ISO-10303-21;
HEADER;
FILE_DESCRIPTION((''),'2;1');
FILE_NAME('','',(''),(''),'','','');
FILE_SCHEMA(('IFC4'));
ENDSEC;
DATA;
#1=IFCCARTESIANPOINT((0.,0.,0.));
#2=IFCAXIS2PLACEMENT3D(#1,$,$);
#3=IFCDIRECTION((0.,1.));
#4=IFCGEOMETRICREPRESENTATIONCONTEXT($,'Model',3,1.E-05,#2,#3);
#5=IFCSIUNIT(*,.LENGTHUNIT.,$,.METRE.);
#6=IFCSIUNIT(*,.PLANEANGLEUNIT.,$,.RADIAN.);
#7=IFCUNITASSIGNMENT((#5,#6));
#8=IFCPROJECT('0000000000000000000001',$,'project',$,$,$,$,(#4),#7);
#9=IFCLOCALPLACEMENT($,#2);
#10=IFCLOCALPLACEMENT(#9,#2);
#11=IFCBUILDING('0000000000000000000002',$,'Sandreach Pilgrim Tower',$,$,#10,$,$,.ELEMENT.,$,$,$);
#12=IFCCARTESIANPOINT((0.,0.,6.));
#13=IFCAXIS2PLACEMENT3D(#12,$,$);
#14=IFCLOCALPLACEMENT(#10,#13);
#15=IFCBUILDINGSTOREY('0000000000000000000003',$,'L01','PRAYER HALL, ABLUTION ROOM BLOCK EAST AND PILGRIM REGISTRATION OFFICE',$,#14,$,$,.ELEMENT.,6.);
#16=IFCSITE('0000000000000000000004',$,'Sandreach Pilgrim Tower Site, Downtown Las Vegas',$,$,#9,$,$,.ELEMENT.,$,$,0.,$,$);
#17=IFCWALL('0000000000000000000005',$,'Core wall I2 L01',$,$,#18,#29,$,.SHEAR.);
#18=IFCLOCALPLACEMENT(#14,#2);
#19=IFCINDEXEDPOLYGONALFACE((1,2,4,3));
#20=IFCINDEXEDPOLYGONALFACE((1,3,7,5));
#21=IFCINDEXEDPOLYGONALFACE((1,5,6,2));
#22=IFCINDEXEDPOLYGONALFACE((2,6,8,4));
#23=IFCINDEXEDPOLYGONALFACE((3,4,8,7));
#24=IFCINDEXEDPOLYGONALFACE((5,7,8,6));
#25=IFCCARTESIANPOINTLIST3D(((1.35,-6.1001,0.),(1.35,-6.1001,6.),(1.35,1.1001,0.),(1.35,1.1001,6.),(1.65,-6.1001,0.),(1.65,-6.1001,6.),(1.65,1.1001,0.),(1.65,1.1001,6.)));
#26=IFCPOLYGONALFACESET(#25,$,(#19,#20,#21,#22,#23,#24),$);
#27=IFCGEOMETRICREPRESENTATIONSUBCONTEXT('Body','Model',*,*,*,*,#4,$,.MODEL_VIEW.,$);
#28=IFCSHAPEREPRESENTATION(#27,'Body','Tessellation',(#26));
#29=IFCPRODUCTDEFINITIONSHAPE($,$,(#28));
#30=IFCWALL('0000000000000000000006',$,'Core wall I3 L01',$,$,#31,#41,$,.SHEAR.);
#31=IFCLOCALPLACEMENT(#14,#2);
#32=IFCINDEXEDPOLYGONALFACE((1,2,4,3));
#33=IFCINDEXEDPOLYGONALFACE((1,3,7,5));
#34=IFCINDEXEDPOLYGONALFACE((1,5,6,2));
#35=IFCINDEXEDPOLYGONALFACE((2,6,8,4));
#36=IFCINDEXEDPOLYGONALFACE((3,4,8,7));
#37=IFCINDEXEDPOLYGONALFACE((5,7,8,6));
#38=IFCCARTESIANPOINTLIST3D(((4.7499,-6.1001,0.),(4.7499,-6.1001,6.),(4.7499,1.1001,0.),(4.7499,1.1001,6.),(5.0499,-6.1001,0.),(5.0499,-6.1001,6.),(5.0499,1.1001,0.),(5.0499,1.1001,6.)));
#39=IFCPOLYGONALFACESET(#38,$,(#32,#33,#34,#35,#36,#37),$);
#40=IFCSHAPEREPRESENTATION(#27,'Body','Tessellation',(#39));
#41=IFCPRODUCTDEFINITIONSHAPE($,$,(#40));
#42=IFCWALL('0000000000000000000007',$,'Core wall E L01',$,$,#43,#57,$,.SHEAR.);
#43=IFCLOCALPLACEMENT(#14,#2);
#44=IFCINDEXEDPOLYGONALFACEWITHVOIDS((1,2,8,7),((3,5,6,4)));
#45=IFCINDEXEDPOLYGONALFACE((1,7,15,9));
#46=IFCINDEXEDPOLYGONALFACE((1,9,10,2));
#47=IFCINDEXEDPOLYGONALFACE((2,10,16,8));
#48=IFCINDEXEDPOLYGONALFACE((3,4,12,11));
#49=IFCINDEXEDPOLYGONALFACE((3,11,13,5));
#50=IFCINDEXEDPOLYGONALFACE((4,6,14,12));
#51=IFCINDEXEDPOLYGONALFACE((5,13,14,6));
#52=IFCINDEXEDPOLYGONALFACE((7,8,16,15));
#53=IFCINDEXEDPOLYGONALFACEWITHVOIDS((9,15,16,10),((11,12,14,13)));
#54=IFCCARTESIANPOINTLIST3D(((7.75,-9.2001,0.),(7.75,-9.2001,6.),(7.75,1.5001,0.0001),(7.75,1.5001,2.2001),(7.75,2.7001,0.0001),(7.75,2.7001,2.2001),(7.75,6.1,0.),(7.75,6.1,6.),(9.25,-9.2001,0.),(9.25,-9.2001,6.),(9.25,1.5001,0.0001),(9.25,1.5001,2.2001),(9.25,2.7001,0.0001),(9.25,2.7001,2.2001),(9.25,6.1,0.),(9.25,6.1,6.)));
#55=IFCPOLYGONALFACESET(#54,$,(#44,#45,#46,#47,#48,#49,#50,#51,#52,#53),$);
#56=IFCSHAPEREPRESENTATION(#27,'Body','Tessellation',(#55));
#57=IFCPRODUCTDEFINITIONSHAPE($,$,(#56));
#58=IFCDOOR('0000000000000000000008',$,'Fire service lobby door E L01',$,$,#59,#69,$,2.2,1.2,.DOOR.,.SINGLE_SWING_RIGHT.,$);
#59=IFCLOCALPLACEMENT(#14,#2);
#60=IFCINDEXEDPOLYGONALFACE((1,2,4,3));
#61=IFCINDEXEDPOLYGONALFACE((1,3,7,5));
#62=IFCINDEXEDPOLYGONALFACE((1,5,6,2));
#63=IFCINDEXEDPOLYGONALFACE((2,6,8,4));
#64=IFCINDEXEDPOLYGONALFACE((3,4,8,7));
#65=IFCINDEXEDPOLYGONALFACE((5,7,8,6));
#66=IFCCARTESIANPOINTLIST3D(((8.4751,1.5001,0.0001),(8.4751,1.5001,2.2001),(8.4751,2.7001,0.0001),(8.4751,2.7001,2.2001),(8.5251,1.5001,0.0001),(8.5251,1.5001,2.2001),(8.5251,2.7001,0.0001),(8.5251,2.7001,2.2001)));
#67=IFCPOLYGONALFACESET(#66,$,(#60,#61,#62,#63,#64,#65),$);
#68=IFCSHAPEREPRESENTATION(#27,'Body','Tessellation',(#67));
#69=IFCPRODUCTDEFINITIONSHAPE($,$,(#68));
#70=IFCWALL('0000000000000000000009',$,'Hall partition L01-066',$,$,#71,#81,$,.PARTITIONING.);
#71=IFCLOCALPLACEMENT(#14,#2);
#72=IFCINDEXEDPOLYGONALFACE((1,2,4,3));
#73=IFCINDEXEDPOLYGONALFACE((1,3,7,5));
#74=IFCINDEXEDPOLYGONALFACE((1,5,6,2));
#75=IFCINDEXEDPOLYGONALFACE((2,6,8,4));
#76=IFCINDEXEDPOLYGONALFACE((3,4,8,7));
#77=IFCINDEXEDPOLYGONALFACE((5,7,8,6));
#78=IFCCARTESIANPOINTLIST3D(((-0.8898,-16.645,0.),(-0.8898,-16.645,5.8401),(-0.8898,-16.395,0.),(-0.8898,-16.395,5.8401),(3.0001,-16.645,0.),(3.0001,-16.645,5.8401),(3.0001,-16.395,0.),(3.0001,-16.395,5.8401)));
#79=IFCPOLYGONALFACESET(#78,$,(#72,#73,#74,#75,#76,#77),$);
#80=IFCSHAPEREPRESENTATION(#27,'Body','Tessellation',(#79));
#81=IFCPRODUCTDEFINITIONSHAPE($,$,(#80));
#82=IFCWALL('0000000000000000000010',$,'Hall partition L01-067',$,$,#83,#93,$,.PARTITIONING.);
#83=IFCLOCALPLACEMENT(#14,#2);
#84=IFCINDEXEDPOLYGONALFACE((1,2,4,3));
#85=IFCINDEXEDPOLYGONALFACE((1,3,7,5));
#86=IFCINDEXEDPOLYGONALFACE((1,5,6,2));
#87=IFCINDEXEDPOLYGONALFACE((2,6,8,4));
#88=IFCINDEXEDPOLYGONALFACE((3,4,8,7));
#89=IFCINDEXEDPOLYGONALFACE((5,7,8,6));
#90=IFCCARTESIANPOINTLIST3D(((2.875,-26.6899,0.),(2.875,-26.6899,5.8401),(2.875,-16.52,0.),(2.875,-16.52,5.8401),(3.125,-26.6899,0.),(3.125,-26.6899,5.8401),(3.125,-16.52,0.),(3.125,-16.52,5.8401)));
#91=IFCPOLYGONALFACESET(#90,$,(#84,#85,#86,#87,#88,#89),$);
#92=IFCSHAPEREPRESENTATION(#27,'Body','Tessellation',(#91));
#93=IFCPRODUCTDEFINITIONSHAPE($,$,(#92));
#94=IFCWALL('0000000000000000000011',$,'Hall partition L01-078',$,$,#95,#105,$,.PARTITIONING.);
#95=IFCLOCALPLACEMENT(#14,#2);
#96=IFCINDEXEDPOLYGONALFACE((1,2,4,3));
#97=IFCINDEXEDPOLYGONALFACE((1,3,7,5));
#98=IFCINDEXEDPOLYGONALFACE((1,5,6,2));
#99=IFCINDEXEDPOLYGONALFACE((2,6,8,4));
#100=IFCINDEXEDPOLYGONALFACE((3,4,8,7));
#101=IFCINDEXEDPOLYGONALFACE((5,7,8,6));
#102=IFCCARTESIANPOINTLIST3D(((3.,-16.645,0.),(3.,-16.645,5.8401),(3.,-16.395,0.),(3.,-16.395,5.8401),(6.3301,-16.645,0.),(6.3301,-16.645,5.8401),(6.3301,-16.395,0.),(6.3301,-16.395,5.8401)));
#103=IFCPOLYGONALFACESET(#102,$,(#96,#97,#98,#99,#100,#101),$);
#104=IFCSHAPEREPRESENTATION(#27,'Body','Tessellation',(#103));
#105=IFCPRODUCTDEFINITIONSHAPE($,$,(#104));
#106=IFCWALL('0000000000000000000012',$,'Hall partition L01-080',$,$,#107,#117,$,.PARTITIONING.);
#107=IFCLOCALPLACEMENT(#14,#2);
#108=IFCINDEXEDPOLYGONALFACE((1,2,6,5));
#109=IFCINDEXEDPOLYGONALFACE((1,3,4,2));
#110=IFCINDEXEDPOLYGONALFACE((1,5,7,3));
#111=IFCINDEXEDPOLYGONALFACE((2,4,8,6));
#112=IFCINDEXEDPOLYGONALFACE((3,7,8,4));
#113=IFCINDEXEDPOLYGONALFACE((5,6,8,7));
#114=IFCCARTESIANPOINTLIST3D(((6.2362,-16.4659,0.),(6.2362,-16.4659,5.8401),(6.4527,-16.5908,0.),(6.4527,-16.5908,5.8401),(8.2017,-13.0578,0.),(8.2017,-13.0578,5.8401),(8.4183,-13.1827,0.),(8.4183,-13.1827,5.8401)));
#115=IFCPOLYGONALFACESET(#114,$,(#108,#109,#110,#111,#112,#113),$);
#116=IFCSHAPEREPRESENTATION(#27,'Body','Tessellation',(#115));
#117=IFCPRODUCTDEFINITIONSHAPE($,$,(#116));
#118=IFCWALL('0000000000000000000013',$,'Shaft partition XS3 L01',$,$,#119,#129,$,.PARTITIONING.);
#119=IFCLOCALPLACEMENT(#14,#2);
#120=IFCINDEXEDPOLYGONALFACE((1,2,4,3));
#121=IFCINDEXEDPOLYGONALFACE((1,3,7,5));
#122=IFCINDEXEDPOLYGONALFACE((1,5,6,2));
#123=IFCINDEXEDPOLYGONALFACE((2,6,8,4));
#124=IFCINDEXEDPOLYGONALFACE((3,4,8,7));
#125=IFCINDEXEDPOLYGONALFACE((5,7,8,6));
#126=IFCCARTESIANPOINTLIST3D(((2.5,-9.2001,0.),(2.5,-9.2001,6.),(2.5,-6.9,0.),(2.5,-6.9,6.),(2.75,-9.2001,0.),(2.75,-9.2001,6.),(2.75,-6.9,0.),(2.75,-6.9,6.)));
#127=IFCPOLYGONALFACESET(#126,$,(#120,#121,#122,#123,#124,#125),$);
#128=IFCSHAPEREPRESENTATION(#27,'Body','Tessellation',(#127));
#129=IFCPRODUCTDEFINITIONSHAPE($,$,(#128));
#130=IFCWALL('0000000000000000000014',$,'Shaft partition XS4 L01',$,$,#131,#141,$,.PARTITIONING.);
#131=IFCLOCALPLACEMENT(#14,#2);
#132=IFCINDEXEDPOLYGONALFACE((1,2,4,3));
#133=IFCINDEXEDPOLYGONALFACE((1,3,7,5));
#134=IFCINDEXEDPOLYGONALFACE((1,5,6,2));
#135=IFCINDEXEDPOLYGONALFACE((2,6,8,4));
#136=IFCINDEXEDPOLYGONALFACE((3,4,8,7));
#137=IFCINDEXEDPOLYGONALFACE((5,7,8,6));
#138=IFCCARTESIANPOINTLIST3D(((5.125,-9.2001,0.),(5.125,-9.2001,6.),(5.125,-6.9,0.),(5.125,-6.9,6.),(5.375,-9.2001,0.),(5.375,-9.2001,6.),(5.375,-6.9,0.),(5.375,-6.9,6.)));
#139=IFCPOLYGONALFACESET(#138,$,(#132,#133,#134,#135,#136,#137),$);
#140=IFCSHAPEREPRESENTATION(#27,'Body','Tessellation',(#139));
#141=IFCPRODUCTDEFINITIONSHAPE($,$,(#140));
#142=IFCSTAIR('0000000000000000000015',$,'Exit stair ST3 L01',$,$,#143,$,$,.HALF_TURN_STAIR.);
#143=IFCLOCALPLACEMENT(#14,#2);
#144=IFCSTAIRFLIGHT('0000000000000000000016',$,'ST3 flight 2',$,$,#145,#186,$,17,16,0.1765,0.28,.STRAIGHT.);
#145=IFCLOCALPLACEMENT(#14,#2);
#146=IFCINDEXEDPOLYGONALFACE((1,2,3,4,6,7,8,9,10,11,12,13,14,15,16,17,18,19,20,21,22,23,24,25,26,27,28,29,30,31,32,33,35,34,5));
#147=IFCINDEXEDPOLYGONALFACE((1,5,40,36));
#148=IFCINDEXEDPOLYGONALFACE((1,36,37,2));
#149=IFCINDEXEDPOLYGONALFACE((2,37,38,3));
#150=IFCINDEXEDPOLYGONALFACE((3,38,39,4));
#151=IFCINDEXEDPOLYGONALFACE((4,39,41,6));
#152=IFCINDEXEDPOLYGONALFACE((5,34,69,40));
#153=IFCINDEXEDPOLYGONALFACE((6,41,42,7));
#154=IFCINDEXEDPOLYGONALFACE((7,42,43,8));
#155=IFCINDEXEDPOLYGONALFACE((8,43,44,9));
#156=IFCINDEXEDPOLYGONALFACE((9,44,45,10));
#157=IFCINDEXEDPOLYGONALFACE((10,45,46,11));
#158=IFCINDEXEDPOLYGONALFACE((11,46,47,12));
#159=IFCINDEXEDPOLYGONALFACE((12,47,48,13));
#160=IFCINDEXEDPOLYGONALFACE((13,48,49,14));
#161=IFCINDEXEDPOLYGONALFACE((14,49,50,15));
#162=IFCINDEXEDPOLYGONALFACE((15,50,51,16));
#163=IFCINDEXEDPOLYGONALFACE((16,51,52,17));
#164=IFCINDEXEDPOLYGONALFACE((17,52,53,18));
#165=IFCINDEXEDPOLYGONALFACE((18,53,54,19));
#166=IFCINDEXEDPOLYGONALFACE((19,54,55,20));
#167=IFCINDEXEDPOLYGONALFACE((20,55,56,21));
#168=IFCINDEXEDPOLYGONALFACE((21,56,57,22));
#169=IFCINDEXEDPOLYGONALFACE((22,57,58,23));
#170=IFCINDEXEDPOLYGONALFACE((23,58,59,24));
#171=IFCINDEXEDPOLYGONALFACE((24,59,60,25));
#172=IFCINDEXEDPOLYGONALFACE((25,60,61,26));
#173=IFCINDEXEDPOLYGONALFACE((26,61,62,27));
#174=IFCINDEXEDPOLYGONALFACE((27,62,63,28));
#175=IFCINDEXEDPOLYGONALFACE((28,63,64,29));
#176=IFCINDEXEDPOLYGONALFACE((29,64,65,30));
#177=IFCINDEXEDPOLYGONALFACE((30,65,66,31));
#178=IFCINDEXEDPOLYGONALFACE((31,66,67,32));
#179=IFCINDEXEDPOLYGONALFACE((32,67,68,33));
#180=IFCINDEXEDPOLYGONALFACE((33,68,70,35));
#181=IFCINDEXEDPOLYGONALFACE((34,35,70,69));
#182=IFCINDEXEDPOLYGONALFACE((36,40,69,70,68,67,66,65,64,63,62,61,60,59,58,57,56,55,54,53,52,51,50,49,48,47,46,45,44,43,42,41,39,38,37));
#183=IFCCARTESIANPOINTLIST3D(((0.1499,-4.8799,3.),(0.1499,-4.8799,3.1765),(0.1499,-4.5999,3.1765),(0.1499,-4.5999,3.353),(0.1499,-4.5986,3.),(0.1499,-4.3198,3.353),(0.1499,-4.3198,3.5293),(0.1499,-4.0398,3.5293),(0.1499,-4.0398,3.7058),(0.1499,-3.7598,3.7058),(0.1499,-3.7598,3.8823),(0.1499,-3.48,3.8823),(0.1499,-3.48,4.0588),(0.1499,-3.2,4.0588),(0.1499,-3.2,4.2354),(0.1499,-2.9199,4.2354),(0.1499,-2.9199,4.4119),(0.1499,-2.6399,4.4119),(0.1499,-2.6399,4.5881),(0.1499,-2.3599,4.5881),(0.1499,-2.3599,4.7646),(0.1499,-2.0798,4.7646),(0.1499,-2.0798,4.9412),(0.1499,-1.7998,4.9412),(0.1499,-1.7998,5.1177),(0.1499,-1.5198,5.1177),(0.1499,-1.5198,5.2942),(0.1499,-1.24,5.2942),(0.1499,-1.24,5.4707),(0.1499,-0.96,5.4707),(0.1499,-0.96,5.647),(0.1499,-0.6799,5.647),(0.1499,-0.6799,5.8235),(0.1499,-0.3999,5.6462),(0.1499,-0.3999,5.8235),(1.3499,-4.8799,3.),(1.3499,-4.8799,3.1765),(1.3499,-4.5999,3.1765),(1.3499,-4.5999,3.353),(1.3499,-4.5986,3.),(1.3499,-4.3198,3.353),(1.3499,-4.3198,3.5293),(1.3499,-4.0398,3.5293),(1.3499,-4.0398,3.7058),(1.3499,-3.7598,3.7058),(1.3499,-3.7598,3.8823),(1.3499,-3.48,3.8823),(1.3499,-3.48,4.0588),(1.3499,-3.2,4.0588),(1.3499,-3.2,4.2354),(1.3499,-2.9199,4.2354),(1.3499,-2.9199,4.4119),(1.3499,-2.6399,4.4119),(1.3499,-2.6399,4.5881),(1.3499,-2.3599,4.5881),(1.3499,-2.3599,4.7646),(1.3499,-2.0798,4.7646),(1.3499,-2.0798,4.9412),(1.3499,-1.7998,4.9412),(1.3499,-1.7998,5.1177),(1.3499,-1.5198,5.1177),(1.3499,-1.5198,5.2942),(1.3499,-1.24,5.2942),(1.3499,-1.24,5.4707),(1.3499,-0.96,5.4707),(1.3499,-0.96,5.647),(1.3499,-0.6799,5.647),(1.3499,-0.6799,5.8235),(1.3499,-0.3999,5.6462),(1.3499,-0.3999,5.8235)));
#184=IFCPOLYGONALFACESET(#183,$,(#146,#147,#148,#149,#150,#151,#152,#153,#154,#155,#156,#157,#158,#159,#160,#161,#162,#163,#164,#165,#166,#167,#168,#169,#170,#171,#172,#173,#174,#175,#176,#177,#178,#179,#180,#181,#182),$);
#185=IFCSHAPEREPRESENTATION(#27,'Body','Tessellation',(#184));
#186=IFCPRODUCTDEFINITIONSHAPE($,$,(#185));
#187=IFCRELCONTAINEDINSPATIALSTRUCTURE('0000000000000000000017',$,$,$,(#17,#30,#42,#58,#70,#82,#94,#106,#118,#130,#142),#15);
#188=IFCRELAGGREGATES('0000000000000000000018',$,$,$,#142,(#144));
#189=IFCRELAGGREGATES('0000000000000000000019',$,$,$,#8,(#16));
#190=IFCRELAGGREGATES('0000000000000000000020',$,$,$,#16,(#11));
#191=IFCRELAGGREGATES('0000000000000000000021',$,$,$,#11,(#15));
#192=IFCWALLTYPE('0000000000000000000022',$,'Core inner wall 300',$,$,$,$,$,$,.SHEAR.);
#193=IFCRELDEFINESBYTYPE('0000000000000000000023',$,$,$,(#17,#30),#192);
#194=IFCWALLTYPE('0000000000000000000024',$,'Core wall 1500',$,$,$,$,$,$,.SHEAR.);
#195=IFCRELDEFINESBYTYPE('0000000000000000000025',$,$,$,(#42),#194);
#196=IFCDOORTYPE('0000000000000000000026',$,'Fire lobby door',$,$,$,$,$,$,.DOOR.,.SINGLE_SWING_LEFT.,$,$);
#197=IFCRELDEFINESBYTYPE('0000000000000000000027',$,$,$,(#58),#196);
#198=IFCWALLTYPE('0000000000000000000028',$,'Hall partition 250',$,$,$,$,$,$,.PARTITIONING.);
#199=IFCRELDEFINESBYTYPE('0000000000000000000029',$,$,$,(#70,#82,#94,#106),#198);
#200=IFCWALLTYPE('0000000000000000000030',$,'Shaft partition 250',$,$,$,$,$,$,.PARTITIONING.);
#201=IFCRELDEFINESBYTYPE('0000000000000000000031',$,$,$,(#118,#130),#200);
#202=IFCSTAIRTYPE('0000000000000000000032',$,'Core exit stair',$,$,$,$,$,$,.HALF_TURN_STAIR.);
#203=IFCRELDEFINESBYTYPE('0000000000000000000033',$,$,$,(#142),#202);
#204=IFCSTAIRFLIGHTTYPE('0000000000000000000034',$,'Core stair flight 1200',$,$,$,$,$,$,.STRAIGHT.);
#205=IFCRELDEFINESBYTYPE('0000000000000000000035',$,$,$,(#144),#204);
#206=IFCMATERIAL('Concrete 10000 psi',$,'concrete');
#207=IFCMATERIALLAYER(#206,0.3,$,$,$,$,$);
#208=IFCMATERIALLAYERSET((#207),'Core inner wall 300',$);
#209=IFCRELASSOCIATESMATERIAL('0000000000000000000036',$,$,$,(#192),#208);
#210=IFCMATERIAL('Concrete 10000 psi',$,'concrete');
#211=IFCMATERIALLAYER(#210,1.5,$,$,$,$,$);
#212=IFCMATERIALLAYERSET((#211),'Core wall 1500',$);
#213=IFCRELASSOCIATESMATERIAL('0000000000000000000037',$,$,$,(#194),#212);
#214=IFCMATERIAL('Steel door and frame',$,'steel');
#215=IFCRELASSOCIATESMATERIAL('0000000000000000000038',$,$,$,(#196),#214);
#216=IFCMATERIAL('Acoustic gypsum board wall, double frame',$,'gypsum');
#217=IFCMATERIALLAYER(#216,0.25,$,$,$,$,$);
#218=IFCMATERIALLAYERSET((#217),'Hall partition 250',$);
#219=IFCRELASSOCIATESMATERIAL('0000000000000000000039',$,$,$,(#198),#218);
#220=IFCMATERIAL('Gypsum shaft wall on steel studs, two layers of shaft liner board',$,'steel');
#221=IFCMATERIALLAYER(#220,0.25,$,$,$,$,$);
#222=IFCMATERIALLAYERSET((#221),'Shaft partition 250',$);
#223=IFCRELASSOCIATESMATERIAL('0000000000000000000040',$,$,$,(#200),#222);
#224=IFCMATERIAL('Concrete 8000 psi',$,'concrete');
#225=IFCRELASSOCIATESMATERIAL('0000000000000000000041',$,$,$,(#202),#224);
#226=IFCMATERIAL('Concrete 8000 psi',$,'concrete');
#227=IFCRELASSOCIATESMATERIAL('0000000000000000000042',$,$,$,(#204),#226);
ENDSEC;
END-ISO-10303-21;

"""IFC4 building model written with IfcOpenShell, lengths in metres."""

from ifc_helpers import new_model, si_unit, direction, frame, frame_2d, origin, place, context, subcontext, project, spatial, polyline, rectangle, outline, extrude, material, layer, layer_set, type_object, element, fill, aggregate, save


model = new_model("IFC4")

# Units and contexts
model_context = context("Model", 3, precision=1e-05, world=origin(), true_north=direction((0.0, 1.0)))
body_context = subcontext(model_context, "Body", "Model", "MODEL_VIEW")
ifc_project = project(units=[si_unit("LENGTHUNIT", "METRE"), si_unit("PLANEANGLEUNIT", "RADIAN")], contexts=[model_context])

# Site, building, storey
site_placement = place(None, origin())
site = spatial("IfcSite", under=ifc_project, at=site_placement, Name="Sandreach Pilgrim Tower Site, Downtown Las Vegas", CompositionType="ELEMENT", RefElevation=0.0)
building_placement = place(site_placement, origin())
building = spatial("IfcBuilding", under=site, at=building_placement, Name="Sandreach Pilgrim Tower", CompositionType="ELEMENT")
storey_placement = place(building_placement, frame((0.0, 0.0, 6.0)))
storey = spatial("IfcBuildingStorey", under=building, at=storey_placement, Name="L01", Description="PRAYER HALL, ABLUTION ROOM BLOCK EAST AND PILGRIM REGISTRATION OFFICE", CompositionType="ELEMENT", Elevation=6.0)

# Walls
ifc_material_1 = material(Name="Concrete 10000 psi", Category="concrete")
ifc_layer_1 = layer(ifc_material_1, 0.3)
ifc_layer_set_1 = layer_set([ifc_layer_1], Name="Core inner wall 300")
wall_type_1 = type_object("IfcWallType", Name="Core inner wall 300", PredefinedType="SHEAR", material=ifc_layer_set_1)
for number, where, z_axis, x_axis, name in (
    (1, (1.5, -6.1001, 0.0), (0.0, 0.0, 1.0), (0.0, 1.0, 0.0), "Core wall I2 L01"),
    (2, (4.8999, -6.1001, 0.0), (0.0, 0.0, 1.0), (0.0, 1.0, 0.0), "Core wall I3 L01"),
):
    element("IfcWall", number, at=place(storey_placement, frame(where, z_axis=z_axis, x_axis=x_axis)), inside=storey, type_object=wall_type_1, Name=name, PredefinedType="SHEAR", context=body_context, shape_type="SweptSolid", body=[
        extrude(rectangle(XDim=7.2002, YDim=0.3, at=frame_2d((3.6001, 0.0))), origin(), (0.0, 0.0, 1.0), 6.0),
    ])

# Wall, opening, door
ifc_material_2 = material(Name="Concrete 10000 psi", Category="concrete")
ifc_layer_2 = layer(ifc_material_2, 1.5)
ifc_layer_set_2 = layer_set([ifc_layer_2], Name="Core wall 1500")
wall_type_2 = type_object("IfcWallType", Name="Core wall 1500", PredefinedType="SHEAR", material=ifc_layer_set_2)
wall_1_placement = place(storey_placement, frame((8.5, -9.2, 0.0), z_axis=(0.0, 0.0, 1.0), x_axis=(0.0, 1.0, 0.0)))
wall_1 = element("IfcWall", 3, at=wall_1_placement, inside=storey, type_object=wall_type_2, Name="Core wall E L01", PredefinedType="SHEAR", context=body_context, shape_type="SweptSolid", body=[
    extrude(rectangle(XDim=15.3, YDim=1.5, at=frame_2d((7.6499, 0.0))), origin(), (0.0, 0.0, 1.0), 6.0),
])
opening_1_placement = place(wall_1_placement, frame((10.7, 0.0, 0.0)))
opening_1 = element("IfcOpeningElement", 4, at=opening_1_placement, cuts=wall_1, PredefinedType="OPENING", context=body_context, shape_type="SweptSolid", body=[
    extrude(rectangle(XDim=1.2, YDim=2.2, at=frame_2d((0.6001, 1.1001))), frame((0.0, 0.75, 0.0), z_axis=(0.0, -1.0, 0.0), x_axis=(1.0, 0.0, 0.0)), (0.0, 0.0, 1.0), 1.5),
])
ifc_material_3 = material(Name="Steel door and frame", Category="steel")
door_type_1 = type_object("IfcDoorType", Name="Fire lobby door", OperationType="SINGLE_SWING_LEFT", PredefinedType="DOOR", material=ifc_material_3)
door_1_placement = place(opening_1_placement, origin())
door_1 = element("IfcDoor", 5, at=door_1_placement, inside=storey, type_object=door_type_1, Name="Fire service lobby door E L01", OperationType="SINGLE_SWING_RIGHT", OverallHeight=2.2, OverallWidth=1.2, PredefinedType="DOOR", context=body_context, shape_type="SweptSolid", body=[
    extrude(rectangle(XDim=1.2, YDim=2.2, at=frame_2d((0.6001, 1.1001))), frame((0.0, 0.0249, 0.0), z_axis=(0.0, -1.0, 0.0), x_axis=(1.0, 0.0, 0.0)), (0.0, 0.0, 1.0), 0.05),
])
fill(opening_1, door_1)

# Walls
ifc_material_4 = material(Name="Acoustic gypsum board wall, double frame", Category="gypsum")
ifc_layer_3 = layer(ifc_material_4, 0.25)
ifc_layer_set_3 = layer_set([ifc_layer_3], Name="Hall partition 250")
wall_type_3 = type_object("IfcWallType", Name="Hall partition 250", PredefinedType="PARTITIONING", material=ifc_layer_set_3)
wall_2_placement = place(storey_placement, frame((3.0, -16.52, 0.0), z_axis=(0.0, 0.0, 1.0), x_axis=(-1.0, 0.0, 0.0)))
element("IfcWall", 6, at=wall_2_placement, inside=storey, type_object=wall_type_3, Name="Hall partition L01-066", PredefinedType="PARTITIONING", context=body_context, shape_type="SweptSolid", body=[
    extrude(rectangle(XDim=3.8899, YDim=0.25, at=frame_2d((1.9448, 0.0))), origin(), (0.0, 0.0, 1.0), 5.8401),
])
wall_3_placement = place(storey_placement, frame((3.0, -16.52, 0.0), z_axis=(0.0, 0.0, 1.0), x_axis=(0.0, -1.0, 0.0)))
element("IfcWall", 7, at=wall_3_placement, inside=storey, type_object=wall_type_3, Name="Hall partition L01-067", PredefinedType="PARTITIONING", context=body_context, shape_type="SweptSolid", body=[
    extrude(rectangle(XDim=10.1699, YDim=0.25, at=frame_2d((5.085, 0.0))), origin(), (0.0, 0.0, 1.0), 5.8401),
])
wall_4_placement = place(storey_placement, frame((6.3301, -16.52, 0.0), z_axis=(0.0, 0.0, 1.0), x_axis=(-1.0, 0.0, 0.0)))
element("IfcWall", 8, at=wall_4_placement, inside=storey, type_object=wall_type_3, Name="Hall partition L01-078", PredefinedType="PARTITIONING", context=body_context, shape_type="SweptSolid", body=[
    extrude(rectangle(XDim=3.3301, YDim=0.25, at=frame_2d((1.665, 0.0))), origin(), (0.0, 0.0, 1.0), 5.8401),
])
wall_5_placement = place(storey_placement, frame((8.3101, -13.1201, 0.0), z_axis=(0.0, 0.0, 1.0), x_axis=(-0.49959, -0.866262, 0.0)))
element("IfcWall", 9, at=wall_5_placement, inside=storey, type_object=wall_type_3, Name="Hall partition L01-080", PredefinedType="PARTITIONING", context=body_context, shape_type="SweptSolid", body=[
    extrude(rectangle(XDim=3.9343, YDim=0.25, at=frame_2d((1.9673, 0.0))), origin(), (0.0, 0.0, 1.0), 5.8401),
])
ifc_material_5 = material(Name="Gypsum shaft wall on steel studs, two layers of shaft liner board", Category="steel")
ifc_layer_4 = layer(ifc_material_5, 0.25)
ifc_layer_set_4 = layer_set([ifc_layer_4], Name="Shaft partition 250")
wall_type_4 = type_object("IfcWallType", Name="Shaft partition 250", PredefinedType="PARTITIONING", material=ifc_layer_set_4)
for number, where, z_axis, x_axis, name in (
    (10, (2.625, -9.2, 0.0), (0.0, 0.0, 1.0), (0.0, 1.0, 0.0), "Shaft partition XS3 L01"),
    (11, (5.25, -9.2, 0.0), (0.0, 0.0, 1.0), (0.0, 1.0, 0.0), "Shaft partition XS4 L01"),
):
    element("IfcWall", number, at=place(storey_placement, frame(where, z_axis=z_axis, x_axis=x_axis)), inside=storey, type_object=wall_type_4, Name=name, PredefinedType="PARTITIONING", context=body_context, shape_type="SweptSolid", body=[
        extrude(rectangle(XDim=2.3, YDim=0.25, at=frame_2d((1.1499, 0.0))), origin(), (0.0, 0.0, 1.0), 6.0),
    ])

# Stair, stair flight
ifc_material_6 = material(Name="Concrete 8000 psi", Category="concrete")
stair_type = type_object("IfcStairType", Name="Core exit stair", PredefinedType="HALF_TURN_STAIR", material=ifc_material_6)
stair_1_placement = place(storey_placement, origin())
stair_1 = element("IfcStair", 12, at=stair_1_placement, inside=storey, type_object=stair_type, Name="Exit stair ST3 L01", PredefinedType="HALF_TURN_STAIR")
ifc_material_7 = material(Name="Concrete 8000 psi", Category="concrete")
stair_flight_type = type_object("IfcStairFlightType", Name="Core stair flight 1200", PredefinedType="STRAIGHT", material=ifc_material_7)
stair_flight_1_placement = place(storey_placement, frame((0.75, -4.8799, 3.0), z_axis=(0.0, 0.0, 1.0), x_axis=(0.0, 1.0, 0.0)))
stair_flight_1 = element("IfcStairFlight", 13, at=stair_flight_1_placement, type_object=stair_flight_type, Name="ST3 flight 2", NumberOfRisers=17, NumberOfTreads=16, PredefinedType="STRAIGHT", RiserHeight=0.1765, TreadLength=0.28, context=body_context, shape_type="SweptSolid", body=[
    extrude(outline(polyline([(0.0, 0.0), (0.0, 0.1765), (0.28, 0.1765), (0.28, 0.353), (0.5601, 0.353), (0.5601, 0.5293), (0.8401, 0.5293), (0.8401, 0.7058), (1.1201, 0.7058), (1.1201, 0.8823), (1.3999, 0.8823), (1.3999, 1.0588), (1.6799, 1.0588), (1.6799, 1.2354), (1.96, 1.2354), (1.96, 1.4119), (2.24, 1.4119), (2.24, 1.5881), (2.52, 1.5881), (2.52, 1.7646), (2.8, 1.7646), (2.8, 1.9412), (3.0801, 1.9412), (3.0801, 2.1177), (3.3601, 2.1177), (3.3601, 2.2942), (3.6399, 2.2942), (3.6399, 2.4707), (3.9199, 2.4707), (3.9199, 2.647), (4.2, 2.647), (4.2, 2.8235), (4.48, 2.8235), (4.48, 3.0), (4.48, 2.6462), (0.2812, 0.0), (0.0, 0.0)])), frame((0.0, 0.6001, 0.0), z_axis=(0.0, -1.0, 0.0), x_axis=(1.0, 0.0, 0.0)), (0.0, 0.0, 1.0), 1.2),
])
aggregate(stair_1, [stair_flight_1])

save(model, "model.ifc")
